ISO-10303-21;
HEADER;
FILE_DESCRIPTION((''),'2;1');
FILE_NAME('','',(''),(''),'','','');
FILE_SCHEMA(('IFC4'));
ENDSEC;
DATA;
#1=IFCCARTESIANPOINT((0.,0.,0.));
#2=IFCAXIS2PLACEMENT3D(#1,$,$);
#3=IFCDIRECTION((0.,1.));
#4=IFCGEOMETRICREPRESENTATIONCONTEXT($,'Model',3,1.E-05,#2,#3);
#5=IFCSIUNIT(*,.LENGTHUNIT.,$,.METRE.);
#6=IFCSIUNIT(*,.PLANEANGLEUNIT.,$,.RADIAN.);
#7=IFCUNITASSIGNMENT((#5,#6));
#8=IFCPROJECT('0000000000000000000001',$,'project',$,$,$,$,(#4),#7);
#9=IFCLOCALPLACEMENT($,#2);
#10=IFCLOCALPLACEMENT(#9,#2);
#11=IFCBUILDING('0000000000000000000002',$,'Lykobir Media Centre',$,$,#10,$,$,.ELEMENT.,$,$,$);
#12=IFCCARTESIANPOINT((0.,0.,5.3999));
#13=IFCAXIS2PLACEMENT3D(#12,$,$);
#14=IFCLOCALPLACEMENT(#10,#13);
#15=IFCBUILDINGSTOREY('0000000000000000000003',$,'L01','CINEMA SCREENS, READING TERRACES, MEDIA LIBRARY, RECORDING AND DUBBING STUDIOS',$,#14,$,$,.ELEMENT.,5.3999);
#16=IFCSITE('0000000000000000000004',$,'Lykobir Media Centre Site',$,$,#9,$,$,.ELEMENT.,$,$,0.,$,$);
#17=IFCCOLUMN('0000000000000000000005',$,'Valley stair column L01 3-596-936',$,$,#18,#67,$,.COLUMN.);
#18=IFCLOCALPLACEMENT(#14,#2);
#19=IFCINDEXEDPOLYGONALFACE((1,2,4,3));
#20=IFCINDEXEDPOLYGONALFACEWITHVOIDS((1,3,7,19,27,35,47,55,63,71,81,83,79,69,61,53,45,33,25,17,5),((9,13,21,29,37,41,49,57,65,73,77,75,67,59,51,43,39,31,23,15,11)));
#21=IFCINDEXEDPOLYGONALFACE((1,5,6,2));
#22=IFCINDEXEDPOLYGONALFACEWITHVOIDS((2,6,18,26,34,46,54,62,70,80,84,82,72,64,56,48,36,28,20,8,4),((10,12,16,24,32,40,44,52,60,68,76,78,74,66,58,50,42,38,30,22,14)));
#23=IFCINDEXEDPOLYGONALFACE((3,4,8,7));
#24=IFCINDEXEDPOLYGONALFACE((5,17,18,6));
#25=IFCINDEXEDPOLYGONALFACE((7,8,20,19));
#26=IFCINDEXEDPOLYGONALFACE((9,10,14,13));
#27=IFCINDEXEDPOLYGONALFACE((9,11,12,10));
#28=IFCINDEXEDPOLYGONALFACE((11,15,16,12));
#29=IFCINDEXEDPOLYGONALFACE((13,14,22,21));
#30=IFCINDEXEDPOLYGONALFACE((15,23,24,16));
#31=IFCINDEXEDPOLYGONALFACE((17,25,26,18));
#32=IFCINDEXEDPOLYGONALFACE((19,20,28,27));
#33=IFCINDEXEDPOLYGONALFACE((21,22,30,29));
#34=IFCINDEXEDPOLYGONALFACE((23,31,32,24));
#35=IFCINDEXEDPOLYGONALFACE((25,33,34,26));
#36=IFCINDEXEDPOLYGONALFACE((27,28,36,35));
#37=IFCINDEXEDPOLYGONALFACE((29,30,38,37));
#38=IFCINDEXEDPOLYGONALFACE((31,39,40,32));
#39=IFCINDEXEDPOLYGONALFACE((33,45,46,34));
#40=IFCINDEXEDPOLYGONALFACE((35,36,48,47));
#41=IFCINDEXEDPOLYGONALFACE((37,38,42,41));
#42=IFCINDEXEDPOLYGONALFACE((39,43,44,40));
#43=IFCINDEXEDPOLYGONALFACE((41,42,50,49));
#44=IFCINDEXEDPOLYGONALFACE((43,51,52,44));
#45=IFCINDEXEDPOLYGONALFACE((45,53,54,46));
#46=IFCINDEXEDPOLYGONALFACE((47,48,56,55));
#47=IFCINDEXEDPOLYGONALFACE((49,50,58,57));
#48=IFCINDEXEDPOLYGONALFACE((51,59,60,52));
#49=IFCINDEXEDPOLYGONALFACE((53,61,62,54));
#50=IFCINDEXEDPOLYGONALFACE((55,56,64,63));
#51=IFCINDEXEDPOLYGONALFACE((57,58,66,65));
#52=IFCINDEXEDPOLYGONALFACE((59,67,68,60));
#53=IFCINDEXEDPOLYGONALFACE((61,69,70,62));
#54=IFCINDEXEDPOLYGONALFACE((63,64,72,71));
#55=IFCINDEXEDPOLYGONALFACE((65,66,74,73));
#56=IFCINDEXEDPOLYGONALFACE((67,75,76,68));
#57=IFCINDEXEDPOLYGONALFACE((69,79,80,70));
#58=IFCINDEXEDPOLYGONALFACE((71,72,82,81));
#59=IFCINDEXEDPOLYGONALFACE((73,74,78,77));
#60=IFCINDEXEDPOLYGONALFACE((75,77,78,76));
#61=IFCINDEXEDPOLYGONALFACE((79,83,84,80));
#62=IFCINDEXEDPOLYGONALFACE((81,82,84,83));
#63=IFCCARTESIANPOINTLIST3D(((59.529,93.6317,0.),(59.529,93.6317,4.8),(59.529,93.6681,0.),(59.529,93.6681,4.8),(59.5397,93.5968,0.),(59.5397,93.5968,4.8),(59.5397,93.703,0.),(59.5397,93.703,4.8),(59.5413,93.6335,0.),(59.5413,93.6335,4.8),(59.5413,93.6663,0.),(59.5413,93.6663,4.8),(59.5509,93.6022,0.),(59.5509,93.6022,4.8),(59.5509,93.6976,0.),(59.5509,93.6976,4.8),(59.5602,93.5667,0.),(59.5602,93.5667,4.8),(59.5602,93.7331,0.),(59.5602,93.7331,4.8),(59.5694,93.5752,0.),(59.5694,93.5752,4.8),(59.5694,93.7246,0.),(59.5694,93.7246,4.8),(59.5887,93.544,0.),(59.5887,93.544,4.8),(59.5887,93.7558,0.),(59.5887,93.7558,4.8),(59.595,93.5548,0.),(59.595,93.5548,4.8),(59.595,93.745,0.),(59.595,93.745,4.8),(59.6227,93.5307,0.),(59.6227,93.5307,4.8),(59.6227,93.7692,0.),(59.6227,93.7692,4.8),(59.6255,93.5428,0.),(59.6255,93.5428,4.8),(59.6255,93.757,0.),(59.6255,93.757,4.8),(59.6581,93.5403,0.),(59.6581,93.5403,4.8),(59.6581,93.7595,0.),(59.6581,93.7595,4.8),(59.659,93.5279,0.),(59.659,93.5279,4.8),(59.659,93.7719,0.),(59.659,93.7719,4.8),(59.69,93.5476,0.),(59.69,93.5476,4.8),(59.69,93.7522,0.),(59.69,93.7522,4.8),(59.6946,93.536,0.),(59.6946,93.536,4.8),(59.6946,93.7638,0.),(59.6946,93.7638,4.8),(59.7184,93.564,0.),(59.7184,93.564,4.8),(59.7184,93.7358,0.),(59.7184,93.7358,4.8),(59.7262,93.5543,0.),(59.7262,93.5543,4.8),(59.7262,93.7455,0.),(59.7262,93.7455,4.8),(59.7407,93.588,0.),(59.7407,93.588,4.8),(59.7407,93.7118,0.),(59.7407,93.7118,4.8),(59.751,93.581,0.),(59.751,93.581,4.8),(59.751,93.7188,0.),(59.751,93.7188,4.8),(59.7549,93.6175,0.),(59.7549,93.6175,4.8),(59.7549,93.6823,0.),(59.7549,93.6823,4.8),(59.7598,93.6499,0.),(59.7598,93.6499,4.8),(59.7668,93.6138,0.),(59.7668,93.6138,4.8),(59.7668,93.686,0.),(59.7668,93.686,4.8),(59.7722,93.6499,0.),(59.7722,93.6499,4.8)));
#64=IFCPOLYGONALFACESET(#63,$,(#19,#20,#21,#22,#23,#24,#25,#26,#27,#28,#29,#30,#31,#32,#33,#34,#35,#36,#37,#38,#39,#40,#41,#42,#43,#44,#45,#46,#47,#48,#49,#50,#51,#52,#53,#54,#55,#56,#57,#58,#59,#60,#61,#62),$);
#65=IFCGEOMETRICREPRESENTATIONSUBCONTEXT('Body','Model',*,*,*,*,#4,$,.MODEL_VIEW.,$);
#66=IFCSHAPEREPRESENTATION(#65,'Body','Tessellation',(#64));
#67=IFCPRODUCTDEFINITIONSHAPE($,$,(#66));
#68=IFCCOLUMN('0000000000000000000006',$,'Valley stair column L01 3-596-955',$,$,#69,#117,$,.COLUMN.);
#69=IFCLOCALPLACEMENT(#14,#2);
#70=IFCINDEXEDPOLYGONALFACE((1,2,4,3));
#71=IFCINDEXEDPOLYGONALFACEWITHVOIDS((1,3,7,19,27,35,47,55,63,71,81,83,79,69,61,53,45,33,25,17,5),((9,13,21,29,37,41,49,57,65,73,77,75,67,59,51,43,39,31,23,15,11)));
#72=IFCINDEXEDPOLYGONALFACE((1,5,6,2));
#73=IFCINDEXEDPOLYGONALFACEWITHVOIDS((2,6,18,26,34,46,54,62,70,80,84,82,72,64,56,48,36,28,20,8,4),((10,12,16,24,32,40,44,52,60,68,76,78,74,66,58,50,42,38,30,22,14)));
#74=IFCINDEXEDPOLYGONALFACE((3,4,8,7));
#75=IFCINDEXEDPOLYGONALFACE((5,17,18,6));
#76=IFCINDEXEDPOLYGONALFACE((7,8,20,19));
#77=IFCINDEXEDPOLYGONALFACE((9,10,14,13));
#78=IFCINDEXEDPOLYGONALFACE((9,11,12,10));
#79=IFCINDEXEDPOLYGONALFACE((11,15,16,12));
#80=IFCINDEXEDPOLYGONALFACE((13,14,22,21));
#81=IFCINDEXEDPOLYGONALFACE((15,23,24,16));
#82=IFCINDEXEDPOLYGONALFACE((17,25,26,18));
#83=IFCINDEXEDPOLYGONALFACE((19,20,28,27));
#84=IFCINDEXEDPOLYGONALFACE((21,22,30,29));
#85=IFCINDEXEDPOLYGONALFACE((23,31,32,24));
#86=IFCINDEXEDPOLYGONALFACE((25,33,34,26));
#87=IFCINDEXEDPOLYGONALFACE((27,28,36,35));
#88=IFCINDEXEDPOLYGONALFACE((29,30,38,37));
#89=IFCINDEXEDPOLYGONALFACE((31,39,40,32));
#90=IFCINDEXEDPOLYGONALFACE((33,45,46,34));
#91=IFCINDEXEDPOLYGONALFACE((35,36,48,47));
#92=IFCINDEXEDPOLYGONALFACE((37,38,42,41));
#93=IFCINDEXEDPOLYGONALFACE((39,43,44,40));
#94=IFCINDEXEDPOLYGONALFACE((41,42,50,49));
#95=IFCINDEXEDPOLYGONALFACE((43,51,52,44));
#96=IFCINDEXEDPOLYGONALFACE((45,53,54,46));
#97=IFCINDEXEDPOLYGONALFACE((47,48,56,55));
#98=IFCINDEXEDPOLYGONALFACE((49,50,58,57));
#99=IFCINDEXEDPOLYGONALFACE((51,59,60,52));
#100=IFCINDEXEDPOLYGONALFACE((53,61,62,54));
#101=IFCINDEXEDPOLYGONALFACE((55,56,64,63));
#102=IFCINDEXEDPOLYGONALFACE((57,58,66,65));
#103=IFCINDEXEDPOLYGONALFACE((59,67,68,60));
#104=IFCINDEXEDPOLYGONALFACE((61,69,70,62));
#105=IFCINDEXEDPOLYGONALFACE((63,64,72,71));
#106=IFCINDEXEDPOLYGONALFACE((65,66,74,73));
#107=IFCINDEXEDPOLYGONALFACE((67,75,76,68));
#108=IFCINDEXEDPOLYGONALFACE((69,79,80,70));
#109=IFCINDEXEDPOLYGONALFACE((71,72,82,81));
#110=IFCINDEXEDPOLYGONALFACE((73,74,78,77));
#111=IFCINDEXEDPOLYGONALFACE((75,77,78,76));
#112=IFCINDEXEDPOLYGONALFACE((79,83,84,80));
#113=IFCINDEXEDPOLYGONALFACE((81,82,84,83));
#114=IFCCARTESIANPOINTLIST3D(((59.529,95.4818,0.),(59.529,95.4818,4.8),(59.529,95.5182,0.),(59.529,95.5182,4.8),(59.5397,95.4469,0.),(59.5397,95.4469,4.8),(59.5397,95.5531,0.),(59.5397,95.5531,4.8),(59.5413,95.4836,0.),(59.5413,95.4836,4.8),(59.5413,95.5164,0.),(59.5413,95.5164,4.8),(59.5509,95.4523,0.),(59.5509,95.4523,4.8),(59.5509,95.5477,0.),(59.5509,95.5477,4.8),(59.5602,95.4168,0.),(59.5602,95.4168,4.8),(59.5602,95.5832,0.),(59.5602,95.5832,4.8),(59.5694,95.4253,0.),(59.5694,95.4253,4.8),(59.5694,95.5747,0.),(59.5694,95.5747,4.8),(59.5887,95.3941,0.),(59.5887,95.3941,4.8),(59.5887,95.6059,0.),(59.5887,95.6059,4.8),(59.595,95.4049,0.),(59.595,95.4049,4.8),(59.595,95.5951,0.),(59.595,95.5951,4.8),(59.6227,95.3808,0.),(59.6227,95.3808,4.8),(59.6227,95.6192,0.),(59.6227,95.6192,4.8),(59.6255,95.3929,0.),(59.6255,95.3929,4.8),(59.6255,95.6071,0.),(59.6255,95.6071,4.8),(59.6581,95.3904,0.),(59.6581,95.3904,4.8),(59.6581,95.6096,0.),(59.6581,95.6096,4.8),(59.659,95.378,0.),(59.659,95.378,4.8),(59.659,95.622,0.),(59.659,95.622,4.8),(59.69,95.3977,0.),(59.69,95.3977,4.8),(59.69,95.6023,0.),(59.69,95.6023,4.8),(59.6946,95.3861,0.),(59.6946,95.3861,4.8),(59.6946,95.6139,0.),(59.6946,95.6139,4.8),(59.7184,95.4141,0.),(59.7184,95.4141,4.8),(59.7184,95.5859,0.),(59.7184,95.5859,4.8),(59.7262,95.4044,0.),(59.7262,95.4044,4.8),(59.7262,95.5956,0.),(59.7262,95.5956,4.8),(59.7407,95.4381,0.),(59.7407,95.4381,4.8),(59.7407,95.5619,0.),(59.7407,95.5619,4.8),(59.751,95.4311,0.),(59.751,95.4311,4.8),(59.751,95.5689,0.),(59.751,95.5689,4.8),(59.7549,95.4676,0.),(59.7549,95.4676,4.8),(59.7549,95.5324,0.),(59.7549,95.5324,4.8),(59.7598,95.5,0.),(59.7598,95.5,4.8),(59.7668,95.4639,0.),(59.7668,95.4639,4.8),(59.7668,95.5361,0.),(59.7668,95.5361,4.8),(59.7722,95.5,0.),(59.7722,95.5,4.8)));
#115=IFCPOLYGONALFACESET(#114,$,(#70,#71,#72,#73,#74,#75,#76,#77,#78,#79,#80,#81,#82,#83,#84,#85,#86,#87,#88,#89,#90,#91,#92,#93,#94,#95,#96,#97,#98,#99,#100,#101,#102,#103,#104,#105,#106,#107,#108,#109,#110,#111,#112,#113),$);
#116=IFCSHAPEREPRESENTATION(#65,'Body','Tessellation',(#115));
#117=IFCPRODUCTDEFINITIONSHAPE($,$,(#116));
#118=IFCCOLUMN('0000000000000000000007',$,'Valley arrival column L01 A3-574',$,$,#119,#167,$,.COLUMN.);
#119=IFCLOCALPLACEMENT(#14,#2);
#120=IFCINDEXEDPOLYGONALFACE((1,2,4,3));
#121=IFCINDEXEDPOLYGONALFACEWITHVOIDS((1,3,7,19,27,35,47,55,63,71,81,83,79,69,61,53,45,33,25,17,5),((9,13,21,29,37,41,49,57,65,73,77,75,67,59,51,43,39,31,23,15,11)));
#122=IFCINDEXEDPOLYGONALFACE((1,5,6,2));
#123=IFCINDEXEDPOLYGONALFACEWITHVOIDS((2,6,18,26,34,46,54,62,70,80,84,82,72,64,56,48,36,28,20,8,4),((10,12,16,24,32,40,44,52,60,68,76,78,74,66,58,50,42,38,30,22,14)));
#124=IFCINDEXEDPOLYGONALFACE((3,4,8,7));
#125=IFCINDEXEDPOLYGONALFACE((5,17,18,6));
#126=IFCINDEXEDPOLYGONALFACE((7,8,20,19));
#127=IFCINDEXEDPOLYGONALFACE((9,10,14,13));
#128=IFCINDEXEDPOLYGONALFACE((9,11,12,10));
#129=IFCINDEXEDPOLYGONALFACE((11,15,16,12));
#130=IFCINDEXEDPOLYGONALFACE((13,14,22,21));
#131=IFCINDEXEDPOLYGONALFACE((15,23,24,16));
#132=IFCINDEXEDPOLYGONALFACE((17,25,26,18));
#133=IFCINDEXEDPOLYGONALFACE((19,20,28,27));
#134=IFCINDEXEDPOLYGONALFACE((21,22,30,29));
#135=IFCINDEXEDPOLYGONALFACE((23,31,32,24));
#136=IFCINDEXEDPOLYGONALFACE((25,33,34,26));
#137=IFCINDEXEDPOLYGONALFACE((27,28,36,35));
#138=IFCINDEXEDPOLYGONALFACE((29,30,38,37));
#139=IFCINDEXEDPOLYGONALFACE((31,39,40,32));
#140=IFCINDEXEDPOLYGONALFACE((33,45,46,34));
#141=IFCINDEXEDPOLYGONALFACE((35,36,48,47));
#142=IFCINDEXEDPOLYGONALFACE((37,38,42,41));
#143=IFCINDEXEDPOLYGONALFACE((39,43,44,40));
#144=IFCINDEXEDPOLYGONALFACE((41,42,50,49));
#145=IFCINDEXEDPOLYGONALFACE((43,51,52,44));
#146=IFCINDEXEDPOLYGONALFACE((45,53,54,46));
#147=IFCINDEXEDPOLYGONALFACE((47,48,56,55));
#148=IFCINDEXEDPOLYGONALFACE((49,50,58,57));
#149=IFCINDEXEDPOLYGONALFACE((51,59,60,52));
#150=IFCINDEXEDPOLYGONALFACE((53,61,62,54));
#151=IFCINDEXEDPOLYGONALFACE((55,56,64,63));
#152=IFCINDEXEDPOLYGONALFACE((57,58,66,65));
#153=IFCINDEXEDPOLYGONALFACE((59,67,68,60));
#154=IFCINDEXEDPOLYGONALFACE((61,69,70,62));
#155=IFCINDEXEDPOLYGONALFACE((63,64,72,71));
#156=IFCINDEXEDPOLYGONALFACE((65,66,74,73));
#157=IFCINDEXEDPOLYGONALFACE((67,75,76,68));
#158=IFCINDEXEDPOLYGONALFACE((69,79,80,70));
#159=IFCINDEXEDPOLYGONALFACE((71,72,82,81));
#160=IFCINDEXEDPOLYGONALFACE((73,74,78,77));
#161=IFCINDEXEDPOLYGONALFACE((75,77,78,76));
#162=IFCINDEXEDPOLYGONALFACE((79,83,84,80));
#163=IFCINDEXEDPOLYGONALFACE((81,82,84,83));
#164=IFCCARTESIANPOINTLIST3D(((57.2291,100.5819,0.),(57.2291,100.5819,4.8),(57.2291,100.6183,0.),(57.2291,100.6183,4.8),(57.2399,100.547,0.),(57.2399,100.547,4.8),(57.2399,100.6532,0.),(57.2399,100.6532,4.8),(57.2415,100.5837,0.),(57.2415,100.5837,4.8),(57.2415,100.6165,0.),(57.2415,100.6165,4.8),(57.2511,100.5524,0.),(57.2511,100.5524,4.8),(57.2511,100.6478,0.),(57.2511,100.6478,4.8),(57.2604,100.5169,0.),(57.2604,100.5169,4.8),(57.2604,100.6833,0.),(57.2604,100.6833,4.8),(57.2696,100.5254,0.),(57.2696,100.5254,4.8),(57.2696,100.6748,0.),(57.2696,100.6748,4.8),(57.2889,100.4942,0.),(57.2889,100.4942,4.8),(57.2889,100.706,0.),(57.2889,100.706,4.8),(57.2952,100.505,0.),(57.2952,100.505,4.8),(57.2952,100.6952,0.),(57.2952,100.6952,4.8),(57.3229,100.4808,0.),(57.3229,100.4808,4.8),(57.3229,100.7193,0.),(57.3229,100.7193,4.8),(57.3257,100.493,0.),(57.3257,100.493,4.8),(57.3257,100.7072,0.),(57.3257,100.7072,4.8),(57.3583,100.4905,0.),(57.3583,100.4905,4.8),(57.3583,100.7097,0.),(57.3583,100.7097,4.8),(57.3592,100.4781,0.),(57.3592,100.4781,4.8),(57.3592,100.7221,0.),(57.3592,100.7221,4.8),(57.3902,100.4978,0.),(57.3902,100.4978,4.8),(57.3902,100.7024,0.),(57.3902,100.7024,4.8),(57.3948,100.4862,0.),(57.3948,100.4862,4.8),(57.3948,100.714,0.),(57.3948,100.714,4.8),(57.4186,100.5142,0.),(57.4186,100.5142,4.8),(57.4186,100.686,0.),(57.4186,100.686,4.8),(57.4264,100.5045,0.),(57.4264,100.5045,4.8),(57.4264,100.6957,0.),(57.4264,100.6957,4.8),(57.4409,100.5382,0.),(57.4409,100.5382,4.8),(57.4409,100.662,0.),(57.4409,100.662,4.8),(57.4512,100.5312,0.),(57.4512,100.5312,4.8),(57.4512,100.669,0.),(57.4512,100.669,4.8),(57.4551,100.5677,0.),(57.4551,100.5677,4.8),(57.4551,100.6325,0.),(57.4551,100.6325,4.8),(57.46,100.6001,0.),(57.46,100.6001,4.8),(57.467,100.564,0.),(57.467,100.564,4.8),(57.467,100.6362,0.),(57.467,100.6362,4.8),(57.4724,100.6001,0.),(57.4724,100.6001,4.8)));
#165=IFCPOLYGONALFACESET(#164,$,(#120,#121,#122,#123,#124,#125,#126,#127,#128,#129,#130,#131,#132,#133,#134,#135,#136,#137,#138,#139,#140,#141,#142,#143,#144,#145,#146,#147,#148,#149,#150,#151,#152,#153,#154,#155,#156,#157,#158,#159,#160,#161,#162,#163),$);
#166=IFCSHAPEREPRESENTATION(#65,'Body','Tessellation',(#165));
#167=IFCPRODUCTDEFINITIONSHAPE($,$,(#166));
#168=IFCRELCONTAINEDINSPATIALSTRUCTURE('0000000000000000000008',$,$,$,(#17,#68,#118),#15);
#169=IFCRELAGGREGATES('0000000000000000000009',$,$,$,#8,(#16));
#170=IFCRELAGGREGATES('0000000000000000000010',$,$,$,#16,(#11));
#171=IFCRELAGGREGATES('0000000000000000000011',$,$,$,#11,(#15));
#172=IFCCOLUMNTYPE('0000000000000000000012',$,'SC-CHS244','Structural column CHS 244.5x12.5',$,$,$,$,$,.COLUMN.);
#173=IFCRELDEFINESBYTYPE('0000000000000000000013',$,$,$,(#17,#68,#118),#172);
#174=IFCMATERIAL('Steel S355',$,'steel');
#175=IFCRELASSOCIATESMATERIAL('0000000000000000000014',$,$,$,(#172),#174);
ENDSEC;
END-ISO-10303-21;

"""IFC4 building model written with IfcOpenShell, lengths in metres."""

from ifc_helpers import new_model, si_unit, direction, frame, origin, origin_2d, place, context, subcontext, project, spatial, hollow_circle, extrude, material, material_profile, profile_set, type_object, element, save


model = new_model("IFC4")

# Units and contexts
model_context = context("Model", 3, precision=1e-05, world=origin(), true_north=direction((0.0, 1.0)))
body_context = subcontext(model_context, "Body", "Model", "MODEL_VIEW")
ifc_project = project(units=[si_unit("LENGTHUNIT", "METRE"), si_unit("PLANEANGLEUNIT", "RADIAN")], contexts=[model_context])

# Site, building, storey
site_placement = place(None, origin())
site = spatial("IfcSite", under=ifc_project, at=site_placement, Name="Lykobir Media Centre Site", CompositionType="ELEMENT", RefElevation=0.0)
building_placement = place(site_placement, origin())
building = spatial("IfcBuilding", under=site, at=building_placement, Name="Lykobir Media Centre", CompositionType="ELEMENT")
storey_placement = place(building_placement, frame((0.0, 0.0, 5.3999)))
storey = spatial("IfcBuildingStorey", under=building, at=storey_placement, Name="L01", Description="CINEMA SCREENS, READING TERRACES, MEDIA LIBRARY, RECORDING AND DUBBING STUDIOS", CompositionType="ELEMENT", Elevation=5.3999)

# Columns
ifc_material_1 = material(Name="Steel S355", Category="steel")
ifc_material_profile_1 = material_profile(ifc_material_1, hollow_circle(Radius=0.1223, WallThickness=0.0125, at=origin_2d()), Name="CHS 244.5x12.5")
ifc_profile_set_1 = profile_set([ifc_material_profile_1], Name="Steel S355")
column_type_1 = type_object("IfcColumnType", Name="SC-CHS244", Description="Structural column CHS 244.5x12.5", PredefinedType="COLUMN", material=ifc_profile_set_1)
for number, where, z_axis, x_axis, name in (
    (1, (59.6499, 93.6499, 0.0), (0.0, 0.0, 1.0), (1.0, 0.0, 0.0), "Valley stair column L01 3-596-936"),
    (2, (59.6499, 95.5, 0.0), (0.0, 0.0, 1.0), (1.0, 0.0, 0.0), "Valley stair column L01 3-596-955"),
    (3, (57.3501, 100.6001, 0.0), (0.0, 0.0, 1.0), (1.0, 0.0, 0.0), "Valley arrival column L01 A3-574"),
):
    element("IfcColumn", number, at=place(storey_placement, frame(where, z_axis=z_axis, x_axis=x_axis)), inside=storey, type_object=column_type_1, Name=name, PredefinedType="COLUMN", context=body_context, shape_type="SweptSolid", body=[
        extrude(hollow_circle(Radius=0.1223, WallThickness=0.0125, at=origin_2d()), origin(), (0.0, 0.0, 1.0), 4.8),
    ])

save(model, "model.ifc")
